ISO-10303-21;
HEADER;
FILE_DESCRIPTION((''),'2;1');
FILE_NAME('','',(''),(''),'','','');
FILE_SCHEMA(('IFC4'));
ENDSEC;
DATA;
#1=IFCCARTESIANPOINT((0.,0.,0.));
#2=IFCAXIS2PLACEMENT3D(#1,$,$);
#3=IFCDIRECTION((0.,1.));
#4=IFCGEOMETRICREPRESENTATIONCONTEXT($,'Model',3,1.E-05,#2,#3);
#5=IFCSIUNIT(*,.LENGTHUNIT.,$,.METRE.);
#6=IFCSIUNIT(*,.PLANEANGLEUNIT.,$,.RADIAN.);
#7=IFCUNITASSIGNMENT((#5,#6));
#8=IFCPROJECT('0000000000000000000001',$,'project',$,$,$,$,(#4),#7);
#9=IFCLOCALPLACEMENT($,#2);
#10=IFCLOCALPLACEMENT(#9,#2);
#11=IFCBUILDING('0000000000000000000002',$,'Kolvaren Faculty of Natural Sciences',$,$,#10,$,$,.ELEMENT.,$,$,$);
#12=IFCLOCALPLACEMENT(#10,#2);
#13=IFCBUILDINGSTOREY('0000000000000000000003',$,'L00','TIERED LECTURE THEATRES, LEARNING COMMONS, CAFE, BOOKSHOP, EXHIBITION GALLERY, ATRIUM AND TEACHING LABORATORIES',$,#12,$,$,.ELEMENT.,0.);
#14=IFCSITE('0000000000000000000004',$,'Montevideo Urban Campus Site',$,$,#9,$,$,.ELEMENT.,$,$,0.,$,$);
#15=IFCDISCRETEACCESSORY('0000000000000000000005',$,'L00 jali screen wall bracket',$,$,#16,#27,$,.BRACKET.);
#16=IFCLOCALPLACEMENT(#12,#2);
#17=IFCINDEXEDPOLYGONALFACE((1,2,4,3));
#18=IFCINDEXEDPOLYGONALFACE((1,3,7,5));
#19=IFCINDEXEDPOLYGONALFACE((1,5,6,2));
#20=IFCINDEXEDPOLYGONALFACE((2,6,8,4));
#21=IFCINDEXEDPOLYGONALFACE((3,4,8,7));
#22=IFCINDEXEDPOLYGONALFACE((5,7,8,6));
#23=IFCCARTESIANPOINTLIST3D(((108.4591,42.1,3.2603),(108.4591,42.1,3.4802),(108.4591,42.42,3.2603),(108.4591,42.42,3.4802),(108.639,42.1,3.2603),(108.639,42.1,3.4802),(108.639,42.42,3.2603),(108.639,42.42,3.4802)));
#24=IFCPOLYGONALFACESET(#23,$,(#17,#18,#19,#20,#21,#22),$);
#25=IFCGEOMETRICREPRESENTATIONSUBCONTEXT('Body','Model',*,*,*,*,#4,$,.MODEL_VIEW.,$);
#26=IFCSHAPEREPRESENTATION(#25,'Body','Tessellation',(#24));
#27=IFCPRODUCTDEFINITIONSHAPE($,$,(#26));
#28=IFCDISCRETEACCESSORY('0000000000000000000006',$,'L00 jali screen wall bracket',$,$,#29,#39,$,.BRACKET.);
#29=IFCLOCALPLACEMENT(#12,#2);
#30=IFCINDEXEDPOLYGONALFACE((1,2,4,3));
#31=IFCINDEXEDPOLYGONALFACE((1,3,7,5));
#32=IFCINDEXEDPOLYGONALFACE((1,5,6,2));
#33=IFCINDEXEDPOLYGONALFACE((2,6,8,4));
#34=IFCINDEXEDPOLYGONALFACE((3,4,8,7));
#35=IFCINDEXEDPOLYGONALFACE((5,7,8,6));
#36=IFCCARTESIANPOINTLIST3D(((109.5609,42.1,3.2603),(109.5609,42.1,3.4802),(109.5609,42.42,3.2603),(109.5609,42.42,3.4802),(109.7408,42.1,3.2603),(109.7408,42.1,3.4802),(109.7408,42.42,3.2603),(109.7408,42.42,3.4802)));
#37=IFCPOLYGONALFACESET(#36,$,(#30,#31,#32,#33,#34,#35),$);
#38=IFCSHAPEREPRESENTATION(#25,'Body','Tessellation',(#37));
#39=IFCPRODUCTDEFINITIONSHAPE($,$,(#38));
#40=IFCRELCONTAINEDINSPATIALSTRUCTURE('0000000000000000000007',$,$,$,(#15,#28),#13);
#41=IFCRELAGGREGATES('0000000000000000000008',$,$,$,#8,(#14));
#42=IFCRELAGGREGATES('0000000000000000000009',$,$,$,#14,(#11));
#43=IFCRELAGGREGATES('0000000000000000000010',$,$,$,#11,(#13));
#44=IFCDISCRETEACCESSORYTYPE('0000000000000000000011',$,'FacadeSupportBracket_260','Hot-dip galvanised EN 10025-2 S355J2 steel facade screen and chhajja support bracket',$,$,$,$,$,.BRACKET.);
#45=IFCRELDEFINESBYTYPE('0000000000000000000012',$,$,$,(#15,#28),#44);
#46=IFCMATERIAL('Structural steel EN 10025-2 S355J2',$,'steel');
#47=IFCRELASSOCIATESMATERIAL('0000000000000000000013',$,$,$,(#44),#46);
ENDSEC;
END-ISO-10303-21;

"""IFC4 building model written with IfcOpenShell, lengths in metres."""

from ifc_helpers import new_model, si_unit, direction, frame, origin, origin_2d, place, context, subcontext, project, spatial, rectangle, extrude, material, type_object, element, save


model = new_model("IFC4")

# Units and contexts
model_context = context("Model", 3, precision=1e-05, world=origin(), true_north=direction((0.0, 1.0)))
body_context = subcontext(model_context, "Body", "Model", "MODEL_VIEW")
ifc_project = project(units=[si_unit("LENGTHUNIT", "METRE"), si_unit("PLANEANGLEUNIT", "RADIAN")], contexts=[model_context])

# Site, building, storey
site_placement = place(None, origin())
site = spatial("IfcSite", under=ifc_project, at=site_placement, Name="Montevideo Urban Campus Site", CompositionType="ELEMENT", RefElevation=0.0)
building_placement = place(site_placement, origin())
building = spatial("IfcBuilding", under=site, at=building_placement, Name="Kolvaren Faculty of Natural Sciences", CompositionType="ELEMENT")
storey_placement = place(building_placement, origin())
storey = spatial("IfcBuildingStorey", under=building, at=storey_placement, Name="L00", Description="TIERED LECTURE THEATRES, LEARNING COMMONS, CAFE, BOOKSHOP, EXHIBITION GALLERY, ATRIUM AND TEACHING LABORATORIES", CompositionType="ELEMENT", Elevation=0.0)

# Discrete accessories
ifc_material_1 = material(Name="Structural steel EN 10025-2 S355J2", Category="steel")
discrete_accessory_type = type_object("IfcDiscreteAccessoryType", Name="FacadeSupportBracket_260", Description="Hot-dip galvanised EN 10025-2 S355J2 steel facade screen and chhajja support bracket", PredefinedType="BRACKET", material=ifc_material_1)
for number, where, z_axis, x_axis, name in (
    (1, (108.5491, 42.26, 3.2603), (0.0, 0.0, 1.0), (1.0, 0.0, 0.0), "L00 jali screen wall bracket"),
    (2, (109.6509, 42.26, 3.2603), (0.0, 0.0, 1.0), (1.0, 0.0, 0.0), "L00 jali screen wall bracket"),
):
    element("IfcDiscreteAccessory", number, at=place(storey_placement, frame(where, z_axis=z_axis, x_axis=x_axis)), inside=storey, type_object=discrete_accessory_type, Name=name, PredefinedType="BRACKET", context=body_context, shape_type="SweptSolid", body=[
        extrude(rectangle(XDim=0.1799, YDim=0.3201, at=origin_2d()), origin(), (0.0, 0.0, 1.0), 0.22),
    ])

save(model, "model.ifc")
